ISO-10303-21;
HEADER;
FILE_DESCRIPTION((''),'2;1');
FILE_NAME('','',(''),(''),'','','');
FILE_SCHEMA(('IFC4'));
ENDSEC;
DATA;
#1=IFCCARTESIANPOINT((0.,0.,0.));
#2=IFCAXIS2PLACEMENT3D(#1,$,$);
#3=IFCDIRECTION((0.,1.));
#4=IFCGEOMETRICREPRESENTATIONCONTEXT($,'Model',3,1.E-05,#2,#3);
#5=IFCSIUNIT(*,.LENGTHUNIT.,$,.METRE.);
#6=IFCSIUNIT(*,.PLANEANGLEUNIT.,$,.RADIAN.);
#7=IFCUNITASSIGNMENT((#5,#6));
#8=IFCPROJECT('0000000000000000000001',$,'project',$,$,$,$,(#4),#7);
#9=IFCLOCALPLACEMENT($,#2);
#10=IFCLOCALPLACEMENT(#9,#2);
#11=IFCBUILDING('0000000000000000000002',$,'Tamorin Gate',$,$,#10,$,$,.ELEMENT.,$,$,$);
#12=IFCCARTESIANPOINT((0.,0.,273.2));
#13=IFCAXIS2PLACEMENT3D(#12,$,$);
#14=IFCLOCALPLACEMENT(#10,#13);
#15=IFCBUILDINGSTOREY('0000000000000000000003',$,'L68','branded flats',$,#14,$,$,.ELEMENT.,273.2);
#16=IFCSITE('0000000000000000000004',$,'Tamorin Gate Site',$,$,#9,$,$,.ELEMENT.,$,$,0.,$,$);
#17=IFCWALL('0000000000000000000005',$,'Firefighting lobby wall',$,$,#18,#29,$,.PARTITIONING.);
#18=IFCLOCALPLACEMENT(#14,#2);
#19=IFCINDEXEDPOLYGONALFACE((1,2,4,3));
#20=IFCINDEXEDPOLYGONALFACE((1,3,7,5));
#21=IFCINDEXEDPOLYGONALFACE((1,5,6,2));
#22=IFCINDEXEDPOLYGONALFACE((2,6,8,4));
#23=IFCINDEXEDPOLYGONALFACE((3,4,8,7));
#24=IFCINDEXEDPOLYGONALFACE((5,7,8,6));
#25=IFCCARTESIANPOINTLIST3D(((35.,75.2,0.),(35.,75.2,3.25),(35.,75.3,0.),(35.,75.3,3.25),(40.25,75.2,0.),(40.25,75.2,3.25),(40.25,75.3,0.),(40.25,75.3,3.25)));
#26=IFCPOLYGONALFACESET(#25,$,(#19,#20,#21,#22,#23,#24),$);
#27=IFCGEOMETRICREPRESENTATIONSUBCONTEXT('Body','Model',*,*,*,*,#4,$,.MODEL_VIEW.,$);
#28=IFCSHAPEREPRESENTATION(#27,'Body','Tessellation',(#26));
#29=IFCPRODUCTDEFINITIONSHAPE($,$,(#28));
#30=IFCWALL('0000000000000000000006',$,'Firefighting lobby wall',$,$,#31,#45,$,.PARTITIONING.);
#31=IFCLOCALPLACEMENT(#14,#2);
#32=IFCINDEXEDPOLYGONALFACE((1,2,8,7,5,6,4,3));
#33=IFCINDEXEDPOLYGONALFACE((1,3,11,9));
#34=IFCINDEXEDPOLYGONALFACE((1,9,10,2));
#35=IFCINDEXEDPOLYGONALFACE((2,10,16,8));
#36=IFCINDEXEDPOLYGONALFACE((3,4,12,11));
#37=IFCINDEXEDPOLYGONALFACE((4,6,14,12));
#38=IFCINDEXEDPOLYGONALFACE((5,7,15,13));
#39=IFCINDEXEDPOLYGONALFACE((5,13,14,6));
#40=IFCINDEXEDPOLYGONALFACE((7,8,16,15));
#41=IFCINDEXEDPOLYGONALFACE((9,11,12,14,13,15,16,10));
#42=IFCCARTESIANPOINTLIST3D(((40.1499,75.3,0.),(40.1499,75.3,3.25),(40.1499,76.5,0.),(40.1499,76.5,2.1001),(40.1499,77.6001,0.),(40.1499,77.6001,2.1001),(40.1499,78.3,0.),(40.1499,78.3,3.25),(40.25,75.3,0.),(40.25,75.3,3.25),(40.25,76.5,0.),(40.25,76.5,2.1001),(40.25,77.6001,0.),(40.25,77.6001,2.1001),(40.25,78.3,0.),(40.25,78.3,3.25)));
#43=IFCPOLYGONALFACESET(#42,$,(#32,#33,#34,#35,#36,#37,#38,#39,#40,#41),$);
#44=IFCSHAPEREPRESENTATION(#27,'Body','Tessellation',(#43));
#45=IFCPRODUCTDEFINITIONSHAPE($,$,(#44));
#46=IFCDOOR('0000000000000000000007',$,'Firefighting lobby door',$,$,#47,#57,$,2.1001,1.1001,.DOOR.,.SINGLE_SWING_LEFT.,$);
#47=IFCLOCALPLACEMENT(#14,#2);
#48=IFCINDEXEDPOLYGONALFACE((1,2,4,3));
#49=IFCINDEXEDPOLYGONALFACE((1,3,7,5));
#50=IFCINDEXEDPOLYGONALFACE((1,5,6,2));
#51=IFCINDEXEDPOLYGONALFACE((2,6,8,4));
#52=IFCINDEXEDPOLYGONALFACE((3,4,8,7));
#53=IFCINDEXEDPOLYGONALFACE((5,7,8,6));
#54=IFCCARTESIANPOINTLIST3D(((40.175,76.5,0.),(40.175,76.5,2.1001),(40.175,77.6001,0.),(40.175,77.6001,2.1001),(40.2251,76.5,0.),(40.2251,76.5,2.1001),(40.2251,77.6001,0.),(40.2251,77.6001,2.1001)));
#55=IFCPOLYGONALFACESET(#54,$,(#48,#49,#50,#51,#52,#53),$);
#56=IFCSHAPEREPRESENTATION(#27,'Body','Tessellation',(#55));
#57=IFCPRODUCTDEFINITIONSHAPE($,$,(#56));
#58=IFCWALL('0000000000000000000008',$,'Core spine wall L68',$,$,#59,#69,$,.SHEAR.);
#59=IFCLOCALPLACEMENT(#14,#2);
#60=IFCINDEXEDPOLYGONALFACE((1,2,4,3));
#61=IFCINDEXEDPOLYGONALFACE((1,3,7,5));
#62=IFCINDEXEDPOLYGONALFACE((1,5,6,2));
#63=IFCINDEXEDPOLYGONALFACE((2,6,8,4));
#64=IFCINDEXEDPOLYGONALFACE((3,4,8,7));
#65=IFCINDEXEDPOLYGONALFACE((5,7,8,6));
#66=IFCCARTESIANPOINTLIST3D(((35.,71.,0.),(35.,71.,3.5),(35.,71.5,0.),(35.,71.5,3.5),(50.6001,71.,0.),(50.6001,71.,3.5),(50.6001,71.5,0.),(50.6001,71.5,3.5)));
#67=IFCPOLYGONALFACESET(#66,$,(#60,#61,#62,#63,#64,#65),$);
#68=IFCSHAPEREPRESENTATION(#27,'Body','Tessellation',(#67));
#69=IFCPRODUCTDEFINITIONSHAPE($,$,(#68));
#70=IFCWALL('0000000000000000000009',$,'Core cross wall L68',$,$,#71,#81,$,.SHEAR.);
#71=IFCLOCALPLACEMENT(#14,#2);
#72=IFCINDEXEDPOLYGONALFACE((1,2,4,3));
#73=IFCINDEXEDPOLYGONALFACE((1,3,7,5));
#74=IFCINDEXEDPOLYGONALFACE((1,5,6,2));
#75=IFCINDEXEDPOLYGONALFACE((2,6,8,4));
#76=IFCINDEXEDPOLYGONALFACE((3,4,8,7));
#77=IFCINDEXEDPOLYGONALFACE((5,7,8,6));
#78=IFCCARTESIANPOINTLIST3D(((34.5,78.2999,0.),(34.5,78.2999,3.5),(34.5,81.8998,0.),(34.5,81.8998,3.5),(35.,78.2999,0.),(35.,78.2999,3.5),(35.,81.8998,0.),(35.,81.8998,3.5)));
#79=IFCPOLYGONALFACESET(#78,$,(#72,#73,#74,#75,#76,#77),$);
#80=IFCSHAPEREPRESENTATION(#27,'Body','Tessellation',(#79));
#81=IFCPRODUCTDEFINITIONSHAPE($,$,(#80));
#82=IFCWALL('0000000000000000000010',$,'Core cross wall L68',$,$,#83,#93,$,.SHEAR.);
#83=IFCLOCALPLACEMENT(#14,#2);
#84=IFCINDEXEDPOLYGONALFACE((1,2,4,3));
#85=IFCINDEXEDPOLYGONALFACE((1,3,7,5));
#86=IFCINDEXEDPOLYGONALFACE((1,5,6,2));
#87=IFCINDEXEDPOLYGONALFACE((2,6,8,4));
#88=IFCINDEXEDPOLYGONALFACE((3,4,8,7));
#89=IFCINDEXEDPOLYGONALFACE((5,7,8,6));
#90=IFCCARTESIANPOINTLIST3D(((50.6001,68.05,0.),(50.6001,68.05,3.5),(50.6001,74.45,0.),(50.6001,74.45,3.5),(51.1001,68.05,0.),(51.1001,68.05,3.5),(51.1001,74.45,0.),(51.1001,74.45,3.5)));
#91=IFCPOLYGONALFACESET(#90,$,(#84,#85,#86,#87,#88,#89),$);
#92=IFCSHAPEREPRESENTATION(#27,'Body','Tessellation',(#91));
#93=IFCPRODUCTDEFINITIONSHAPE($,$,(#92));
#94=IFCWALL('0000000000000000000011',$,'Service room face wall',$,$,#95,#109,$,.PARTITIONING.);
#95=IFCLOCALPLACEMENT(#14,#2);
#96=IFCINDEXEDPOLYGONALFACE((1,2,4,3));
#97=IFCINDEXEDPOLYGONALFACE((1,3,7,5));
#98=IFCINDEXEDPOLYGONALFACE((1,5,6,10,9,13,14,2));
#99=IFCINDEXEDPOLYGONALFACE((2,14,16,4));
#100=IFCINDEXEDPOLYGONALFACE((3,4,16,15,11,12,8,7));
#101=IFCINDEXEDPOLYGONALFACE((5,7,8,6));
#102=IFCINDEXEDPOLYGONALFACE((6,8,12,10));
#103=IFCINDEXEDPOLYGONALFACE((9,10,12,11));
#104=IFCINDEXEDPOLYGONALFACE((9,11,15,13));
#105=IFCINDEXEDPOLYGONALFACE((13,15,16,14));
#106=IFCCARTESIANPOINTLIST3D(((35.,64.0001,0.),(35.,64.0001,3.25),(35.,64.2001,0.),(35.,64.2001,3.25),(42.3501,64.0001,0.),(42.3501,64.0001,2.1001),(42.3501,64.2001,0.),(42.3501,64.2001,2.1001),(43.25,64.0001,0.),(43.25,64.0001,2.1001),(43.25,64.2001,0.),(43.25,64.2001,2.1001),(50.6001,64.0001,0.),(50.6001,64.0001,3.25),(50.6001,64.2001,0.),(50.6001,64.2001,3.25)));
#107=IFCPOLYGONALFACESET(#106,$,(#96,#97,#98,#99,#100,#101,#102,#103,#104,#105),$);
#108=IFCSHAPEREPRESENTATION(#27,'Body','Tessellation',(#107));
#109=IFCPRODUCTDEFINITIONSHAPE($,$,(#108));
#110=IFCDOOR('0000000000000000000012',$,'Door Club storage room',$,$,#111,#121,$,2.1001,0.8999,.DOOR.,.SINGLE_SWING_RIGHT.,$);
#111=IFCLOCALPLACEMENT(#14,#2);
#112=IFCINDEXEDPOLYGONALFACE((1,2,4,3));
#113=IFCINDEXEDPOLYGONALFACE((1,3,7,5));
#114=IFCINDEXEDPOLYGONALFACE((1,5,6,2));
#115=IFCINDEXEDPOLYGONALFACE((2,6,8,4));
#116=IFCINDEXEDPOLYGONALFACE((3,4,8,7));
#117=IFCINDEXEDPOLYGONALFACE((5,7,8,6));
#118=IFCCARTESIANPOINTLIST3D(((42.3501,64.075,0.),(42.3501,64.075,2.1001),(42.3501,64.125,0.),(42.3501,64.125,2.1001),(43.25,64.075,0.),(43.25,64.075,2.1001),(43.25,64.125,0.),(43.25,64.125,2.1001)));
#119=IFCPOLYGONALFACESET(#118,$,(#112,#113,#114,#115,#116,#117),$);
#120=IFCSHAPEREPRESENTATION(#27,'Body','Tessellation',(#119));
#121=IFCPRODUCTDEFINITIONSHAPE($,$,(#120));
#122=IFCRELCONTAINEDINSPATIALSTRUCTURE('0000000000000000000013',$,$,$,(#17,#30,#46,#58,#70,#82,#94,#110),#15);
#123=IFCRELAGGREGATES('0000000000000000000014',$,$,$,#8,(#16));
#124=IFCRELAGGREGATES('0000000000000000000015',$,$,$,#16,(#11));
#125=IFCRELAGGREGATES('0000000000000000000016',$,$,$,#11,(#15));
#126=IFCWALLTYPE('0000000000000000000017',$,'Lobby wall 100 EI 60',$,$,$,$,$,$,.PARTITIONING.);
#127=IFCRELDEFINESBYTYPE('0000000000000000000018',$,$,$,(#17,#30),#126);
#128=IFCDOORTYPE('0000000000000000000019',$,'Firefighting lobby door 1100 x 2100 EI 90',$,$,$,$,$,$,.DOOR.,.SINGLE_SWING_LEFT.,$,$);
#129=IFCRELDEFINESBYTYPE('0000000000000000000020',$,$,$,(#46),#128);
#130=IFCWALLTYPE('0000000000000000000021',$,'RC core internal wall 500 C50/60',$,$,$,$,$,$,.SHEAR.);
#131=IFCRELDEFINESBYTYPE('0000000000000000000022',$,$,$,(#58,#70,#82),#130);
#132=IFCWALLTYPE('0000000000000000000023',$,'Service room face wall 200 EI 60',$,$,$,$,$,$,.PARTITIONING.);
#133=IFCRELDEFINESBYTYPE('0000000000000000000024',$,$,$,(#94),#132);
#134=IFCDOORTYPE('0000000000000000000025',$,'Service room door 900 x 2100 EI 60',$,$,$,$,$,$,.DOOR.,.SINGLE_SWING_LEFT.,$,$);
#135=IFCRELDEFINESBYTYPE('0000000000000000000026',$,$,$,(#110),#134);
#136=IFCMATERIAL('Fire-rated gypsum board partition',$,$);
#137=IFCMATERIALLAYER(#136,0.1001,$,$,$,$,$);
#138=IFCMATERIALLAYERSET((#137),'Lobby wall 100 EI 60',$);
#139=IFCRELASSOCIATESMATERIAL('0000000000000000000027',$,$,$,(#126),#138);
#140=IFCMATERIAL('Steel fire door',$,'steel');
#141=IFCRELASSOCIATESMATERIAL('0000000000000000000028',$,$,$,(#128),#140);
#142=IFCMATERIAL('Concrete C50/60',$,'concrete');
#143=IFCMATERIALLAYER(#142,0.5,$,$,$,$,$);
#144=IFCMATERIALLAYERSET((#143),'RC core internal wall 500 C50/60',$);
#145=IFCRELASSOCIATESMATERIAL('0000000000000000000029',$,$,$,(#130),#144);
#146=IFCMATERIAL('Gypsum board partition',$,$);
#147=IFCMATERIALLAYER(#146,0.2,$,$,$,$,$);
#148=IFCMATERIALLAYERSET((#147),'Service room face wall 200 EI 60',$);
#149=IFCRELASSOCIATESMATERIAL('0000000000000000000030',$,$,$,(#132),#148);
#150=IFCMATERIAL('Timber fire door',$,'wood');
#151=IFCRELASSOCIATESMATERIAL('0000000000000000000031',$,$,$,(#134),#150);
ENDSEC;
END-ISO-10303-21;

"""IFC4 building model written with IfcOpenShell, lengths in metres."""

from ifc_helpers import new_model, si_unit, direction, frame, frame_2d, origin, place, context, subcontext, project, spatial, rectangle, extrude, material, layer, layer_set, type_object, element, fill, save


model = new_model("IFC4")

# Units and contexts
model_context = context("Model", 3, precision=1e-05, world=origin(), true_north=direction((0.0, 1.0)))
body_context = subcontext(model_context, "Body", "Model", "MODEL_VIEW")
ifc_project = project(units=[si_unit("LENGTHUNIT", "METRE"), si_unit("PLANEANGLEUNIT", "RADIAN")], contexts=[model_context])

# Site, building, storey
site_placement = place(None, origin())
site = spatial("IfcSite", under=ifc_project, at=site_placement, Name="Tamorin Gate Site", CompositionType="ELEMENT", RefElevation=0.0)
building_placement = place(site_placement, origin())
building = spatial("IfcBuilding", under=site, at=building_placement, Name="Tamorin Gate", CompositionType="ELEMENT")
storey_placement = place(building_placement, frame((0.0, 0.0, 273.2)))
storey = spatial("IfcBuildingStorey", under=building, at=storey_placement, Name="L68", Description="branded flats", CompositionType="ELEMENT", Elevation=273.2)

# Shared definitions
ifc_material_1 = material(Name="Concrete C50/60", Category="concrete")

# Wall
ifc_material_2 = material(Name="Fire-rated gypsum board partition")
ifc_layer_1 = layer(ifc_material_2, 0.1001)
ifc_layer_set_1 = layer_set([ifc_layer_1], Name="Lobby wall 100 EI 60")
wall_type_1 = type_object("IfcWallType", Name="Lobby wall 100 EI 60", PredefinedType="PARTITIONING", material=ifc_layer_set_1)
wall_1_placement = place(storey_placement, frame((35.0, 75.25, 0.0), z_axis=(0.0, 0.0, 1.0), x_axis=(1.0, 0.0, 0.0)))
element("IfcWall", 1, at=wall_1_placement, inside=storey, type_object=wall_type_1, Name="Firefighting lobby wall", PredefinedType="PARTITIONING", context=body_context, shape_type="SweptSolid", body=[
    extrude(rectangle(XDim=5.25, YDim=0.1001, at=frame_2d((2.625, 0.0))), origin(), (0.0, 0.0, 1.0), 3.25),
])

# Wall, opening, door
wall_2_placement = place(storey_placement, frame((40.2, 75.3, 0.0), z_axis=(0.0, 0.0, 1.0), x_axis=(0.0, 1.0, 0.0)))
wall_2 = element("IfcWall", 2, at=wall_2_placement, inside=storey, type_object=wall_type_1, Name="Firefighting lobby wall", PredefinedType="PARTITIONING", context=body_context, shape_type="SweptSolid", body=[
    extrude(rectangle(XDim=3.0, YDim=0.1001, at=frame_2d((1.5, 0.0))), origin(), (0.0, 0.0, 1.0), 3.25),
])
opening_1_placement = place(wall_2_placement, frame((1.2, 0.0, 0.0)))
opening_1 = element("IfcOpeningElement", 3, at=opening_1_placement, cuts=wall_2, PredefinedType="OPENING", context=body_context, shape_type="SweptSolid", body=[
    extrude(rectangle(XDim=1.1001, YDim=2.1001, at=frame_2d((0.55, 1.05))), frame((0.0, 0.0601, 0.0), z_axis=(0.0, -1.0, 0.0), x_axis=(1.0, 0.0, 0.0)), (0.0, 0.0, 1.0), 0.1201),
])
ifc_material_3 = material(Name="Steel fire door", Category="steel")
door_type_1 = type_object("IfcDoorType", Name="Firefighting lobby door 1100 x 2100 EI 90", OperationType="SINGLE_SWING_LEFT", PredefinedType="DOOR", material=ifc_material_3)
door_1_placement = place(opening_1_placement, origin())
door_1 = element("IfcDoor", 4, at=door_1_placement, inside=storey, type_object=door_type_1, Name="Firefighting lobby door", OperationType="SINGLE_SWING_LEFT", OverallHeight=2.1001, OverallWidth=1.1001, PredefinedType="DOOR", context=body_context, shape_type="SweptSolid", body=[
    extrude(rectangle(XDim=1.1001, YDim=2.1001, at=frame_2d((0.55, 1.05))), frame((0.0, 0.0249, 0.0), z_axis=(0.0, -1.0, 0.0), x_axis=(1.0, 0.0, 0.0)), (0.0, 0.0, 1.0), 0.05),
])
fill(opening_1, door_1)

# Walls
ifc_layer_2 = layer(ifc_material_1, 0.5)
ifc_layer_set_2 = layer_set([ifc_layer_2], Name="RC core internal wall 500 C50/60")
wall_type_2 = type_object("IfcWallType", Name="RC core internal wall 500 C50/60", PredefinedType="SHEAR", material=ifc_layer_set_2)
wall_3_placement = place(storey_placement, frame((35.0, 71.25, 0.0), z_axis=(0.0, 0.0, 1.0), x_axis=(1.0, 0.0, 0.0)))
element("IfcWall", 5, at=wall_3_placement, inside=storey, type_object=wall_type_2, Name="Core spine wall L68", PredefinedType="SHEAR", context=body_context, shape_type="SweptSolid", body=[
    extrude(rectangle(XDim=15.6001, YDim=0.5, at=frame_2d((7.8, 0.0))), origin(), (0.0, 0.0, 1.0), 3.5),
])
wall_4_placement = place(storey_placement, frame((34.75, 78.3, 0.0), z_axis=(0.0, 0.0, 1.0), x_axis=(0.0, 1.0, 0.0)))
element("IfcWall", 6, at=wall_4_placement, inside=storey, type_object=wall_type_2, Name="Core cross wall L68", PredefinedType="SHEAR", context=body_context, shape_type="SweptSolid", body=[
    extrude(rectangle(XDim=3.5999, YDim=0.5, at=frame_2d((1.7998, 0.0))), origin(), (0.0, 0.0, 1.0), 3.5),
])
wall_5_placement = place(storey_placement, frame((50.8501, 68.05, 0.0), z_axis=(0.0, 0.0, 1.0), x_axis=(0.0, 1.0, 0.0)))
element("IfcWall", 7, at=wall_5_placement, inside=storey, type_object=wall_type_2, Name="Core cross wall L68", PredefinedType="SHEAR", context=body_context, shape_type="SweptSolid", body=[
    extrude(rectangle(XDim=6.3999, YDim=0.5, at=frame_2d((3.2, 0.0))), origin(), (0.0, 0.0, 1.0), 3.5),
])

# Wall, opening, door
ifc_material_4 = material(Name="Gypsum board partition")
ifc_layer_3 = layer(ifc_material_4, 0.2)
ifc_layer_set_3 = layer_set([ifc_layer_3], Name="Service room face wall 200 EI 60")
wall_type_3 = type_object("IfcWallType", Name="Service room face wall 200 EI 60", PredefinedType="PARTITIONING", material=ifc_layer_set_3)
wall_6_placement = place(storey_placement, frame((35.0, 64.1001, 0.0), z_axis=(0.0, 0.0, 1.0), x_axis=(1.0, 0.0, 0.0)))
wall_6 = element("IfcWall", 8, at=wall_6_placement, inside=storey, type_object=wall_type_3, Name="Service room face wall", PredefinedType="PARTITIONING", context=body_context, shape_type="SweptSolid", body=[
    extrude(rectangle(XDim=15.6001, YDim=0.2, at=frame_2d((7.8, 0.0))), origin(), (0.0, 0.0, 1.0), 3.25),
])
opening_2_placement = place(wall_6_placement, frame((7.3501, 0.0, 0.0)))
opening_2 = element("IfcOpeningElement", 9, at=opening_2_placement, cuts=wall_6, PredefinedType="OPENING", context=body_context, shape_type="SweptSolid", body=[
    extrude(rectangle(XDim=0.8999, YDim=2.1001, at=frame_2d((0.45, 1.05))), frame((0.0, 0.1099, 0.0), z_axis=(0.0, -1.0, 0.0), x_axis=(1.0, 0.0, 0.0)), (0.0, 0.0, 1.0), 0.22),
])
ifc_material_5 = material(Name="Timber fire door", Category="wood")
door_type_2 = type_object("IfcDoorType", Name="Service room door 900 x 2100 EI 60", OperationType="SINGLE_SWING_LEFT", PredefinedType="DOOR", material=ifc_material_5)
door_2_placement = place(opening_2_placement, origin())
door_2 = element("IfcDoor", 10, at=door_2_placement, inside=storey, type_object=door_type_2, Name="Door Club storage room", OperationType="SINGLE_SWING_RIGHT", OverallHeight=2.1001, OverallWidth=0.8999, PredefinedType="DOOR", context=body_context, shape_type="SweptSolid", body=[
    extrude(rectangle(XDim=0.8999, YDim=2.1001, at=frame_2d((0.45, 1.05))), frame((0.0, 0.0249, 0.0), z_axis=(0.0, -1.0, 0.0), x_axis=(1.0, 0.0, 0.0)), (0.0, 0.0, 1.0), 0.05),
])
fill(opening_2, door_2)

save(model, "model.ifc")
